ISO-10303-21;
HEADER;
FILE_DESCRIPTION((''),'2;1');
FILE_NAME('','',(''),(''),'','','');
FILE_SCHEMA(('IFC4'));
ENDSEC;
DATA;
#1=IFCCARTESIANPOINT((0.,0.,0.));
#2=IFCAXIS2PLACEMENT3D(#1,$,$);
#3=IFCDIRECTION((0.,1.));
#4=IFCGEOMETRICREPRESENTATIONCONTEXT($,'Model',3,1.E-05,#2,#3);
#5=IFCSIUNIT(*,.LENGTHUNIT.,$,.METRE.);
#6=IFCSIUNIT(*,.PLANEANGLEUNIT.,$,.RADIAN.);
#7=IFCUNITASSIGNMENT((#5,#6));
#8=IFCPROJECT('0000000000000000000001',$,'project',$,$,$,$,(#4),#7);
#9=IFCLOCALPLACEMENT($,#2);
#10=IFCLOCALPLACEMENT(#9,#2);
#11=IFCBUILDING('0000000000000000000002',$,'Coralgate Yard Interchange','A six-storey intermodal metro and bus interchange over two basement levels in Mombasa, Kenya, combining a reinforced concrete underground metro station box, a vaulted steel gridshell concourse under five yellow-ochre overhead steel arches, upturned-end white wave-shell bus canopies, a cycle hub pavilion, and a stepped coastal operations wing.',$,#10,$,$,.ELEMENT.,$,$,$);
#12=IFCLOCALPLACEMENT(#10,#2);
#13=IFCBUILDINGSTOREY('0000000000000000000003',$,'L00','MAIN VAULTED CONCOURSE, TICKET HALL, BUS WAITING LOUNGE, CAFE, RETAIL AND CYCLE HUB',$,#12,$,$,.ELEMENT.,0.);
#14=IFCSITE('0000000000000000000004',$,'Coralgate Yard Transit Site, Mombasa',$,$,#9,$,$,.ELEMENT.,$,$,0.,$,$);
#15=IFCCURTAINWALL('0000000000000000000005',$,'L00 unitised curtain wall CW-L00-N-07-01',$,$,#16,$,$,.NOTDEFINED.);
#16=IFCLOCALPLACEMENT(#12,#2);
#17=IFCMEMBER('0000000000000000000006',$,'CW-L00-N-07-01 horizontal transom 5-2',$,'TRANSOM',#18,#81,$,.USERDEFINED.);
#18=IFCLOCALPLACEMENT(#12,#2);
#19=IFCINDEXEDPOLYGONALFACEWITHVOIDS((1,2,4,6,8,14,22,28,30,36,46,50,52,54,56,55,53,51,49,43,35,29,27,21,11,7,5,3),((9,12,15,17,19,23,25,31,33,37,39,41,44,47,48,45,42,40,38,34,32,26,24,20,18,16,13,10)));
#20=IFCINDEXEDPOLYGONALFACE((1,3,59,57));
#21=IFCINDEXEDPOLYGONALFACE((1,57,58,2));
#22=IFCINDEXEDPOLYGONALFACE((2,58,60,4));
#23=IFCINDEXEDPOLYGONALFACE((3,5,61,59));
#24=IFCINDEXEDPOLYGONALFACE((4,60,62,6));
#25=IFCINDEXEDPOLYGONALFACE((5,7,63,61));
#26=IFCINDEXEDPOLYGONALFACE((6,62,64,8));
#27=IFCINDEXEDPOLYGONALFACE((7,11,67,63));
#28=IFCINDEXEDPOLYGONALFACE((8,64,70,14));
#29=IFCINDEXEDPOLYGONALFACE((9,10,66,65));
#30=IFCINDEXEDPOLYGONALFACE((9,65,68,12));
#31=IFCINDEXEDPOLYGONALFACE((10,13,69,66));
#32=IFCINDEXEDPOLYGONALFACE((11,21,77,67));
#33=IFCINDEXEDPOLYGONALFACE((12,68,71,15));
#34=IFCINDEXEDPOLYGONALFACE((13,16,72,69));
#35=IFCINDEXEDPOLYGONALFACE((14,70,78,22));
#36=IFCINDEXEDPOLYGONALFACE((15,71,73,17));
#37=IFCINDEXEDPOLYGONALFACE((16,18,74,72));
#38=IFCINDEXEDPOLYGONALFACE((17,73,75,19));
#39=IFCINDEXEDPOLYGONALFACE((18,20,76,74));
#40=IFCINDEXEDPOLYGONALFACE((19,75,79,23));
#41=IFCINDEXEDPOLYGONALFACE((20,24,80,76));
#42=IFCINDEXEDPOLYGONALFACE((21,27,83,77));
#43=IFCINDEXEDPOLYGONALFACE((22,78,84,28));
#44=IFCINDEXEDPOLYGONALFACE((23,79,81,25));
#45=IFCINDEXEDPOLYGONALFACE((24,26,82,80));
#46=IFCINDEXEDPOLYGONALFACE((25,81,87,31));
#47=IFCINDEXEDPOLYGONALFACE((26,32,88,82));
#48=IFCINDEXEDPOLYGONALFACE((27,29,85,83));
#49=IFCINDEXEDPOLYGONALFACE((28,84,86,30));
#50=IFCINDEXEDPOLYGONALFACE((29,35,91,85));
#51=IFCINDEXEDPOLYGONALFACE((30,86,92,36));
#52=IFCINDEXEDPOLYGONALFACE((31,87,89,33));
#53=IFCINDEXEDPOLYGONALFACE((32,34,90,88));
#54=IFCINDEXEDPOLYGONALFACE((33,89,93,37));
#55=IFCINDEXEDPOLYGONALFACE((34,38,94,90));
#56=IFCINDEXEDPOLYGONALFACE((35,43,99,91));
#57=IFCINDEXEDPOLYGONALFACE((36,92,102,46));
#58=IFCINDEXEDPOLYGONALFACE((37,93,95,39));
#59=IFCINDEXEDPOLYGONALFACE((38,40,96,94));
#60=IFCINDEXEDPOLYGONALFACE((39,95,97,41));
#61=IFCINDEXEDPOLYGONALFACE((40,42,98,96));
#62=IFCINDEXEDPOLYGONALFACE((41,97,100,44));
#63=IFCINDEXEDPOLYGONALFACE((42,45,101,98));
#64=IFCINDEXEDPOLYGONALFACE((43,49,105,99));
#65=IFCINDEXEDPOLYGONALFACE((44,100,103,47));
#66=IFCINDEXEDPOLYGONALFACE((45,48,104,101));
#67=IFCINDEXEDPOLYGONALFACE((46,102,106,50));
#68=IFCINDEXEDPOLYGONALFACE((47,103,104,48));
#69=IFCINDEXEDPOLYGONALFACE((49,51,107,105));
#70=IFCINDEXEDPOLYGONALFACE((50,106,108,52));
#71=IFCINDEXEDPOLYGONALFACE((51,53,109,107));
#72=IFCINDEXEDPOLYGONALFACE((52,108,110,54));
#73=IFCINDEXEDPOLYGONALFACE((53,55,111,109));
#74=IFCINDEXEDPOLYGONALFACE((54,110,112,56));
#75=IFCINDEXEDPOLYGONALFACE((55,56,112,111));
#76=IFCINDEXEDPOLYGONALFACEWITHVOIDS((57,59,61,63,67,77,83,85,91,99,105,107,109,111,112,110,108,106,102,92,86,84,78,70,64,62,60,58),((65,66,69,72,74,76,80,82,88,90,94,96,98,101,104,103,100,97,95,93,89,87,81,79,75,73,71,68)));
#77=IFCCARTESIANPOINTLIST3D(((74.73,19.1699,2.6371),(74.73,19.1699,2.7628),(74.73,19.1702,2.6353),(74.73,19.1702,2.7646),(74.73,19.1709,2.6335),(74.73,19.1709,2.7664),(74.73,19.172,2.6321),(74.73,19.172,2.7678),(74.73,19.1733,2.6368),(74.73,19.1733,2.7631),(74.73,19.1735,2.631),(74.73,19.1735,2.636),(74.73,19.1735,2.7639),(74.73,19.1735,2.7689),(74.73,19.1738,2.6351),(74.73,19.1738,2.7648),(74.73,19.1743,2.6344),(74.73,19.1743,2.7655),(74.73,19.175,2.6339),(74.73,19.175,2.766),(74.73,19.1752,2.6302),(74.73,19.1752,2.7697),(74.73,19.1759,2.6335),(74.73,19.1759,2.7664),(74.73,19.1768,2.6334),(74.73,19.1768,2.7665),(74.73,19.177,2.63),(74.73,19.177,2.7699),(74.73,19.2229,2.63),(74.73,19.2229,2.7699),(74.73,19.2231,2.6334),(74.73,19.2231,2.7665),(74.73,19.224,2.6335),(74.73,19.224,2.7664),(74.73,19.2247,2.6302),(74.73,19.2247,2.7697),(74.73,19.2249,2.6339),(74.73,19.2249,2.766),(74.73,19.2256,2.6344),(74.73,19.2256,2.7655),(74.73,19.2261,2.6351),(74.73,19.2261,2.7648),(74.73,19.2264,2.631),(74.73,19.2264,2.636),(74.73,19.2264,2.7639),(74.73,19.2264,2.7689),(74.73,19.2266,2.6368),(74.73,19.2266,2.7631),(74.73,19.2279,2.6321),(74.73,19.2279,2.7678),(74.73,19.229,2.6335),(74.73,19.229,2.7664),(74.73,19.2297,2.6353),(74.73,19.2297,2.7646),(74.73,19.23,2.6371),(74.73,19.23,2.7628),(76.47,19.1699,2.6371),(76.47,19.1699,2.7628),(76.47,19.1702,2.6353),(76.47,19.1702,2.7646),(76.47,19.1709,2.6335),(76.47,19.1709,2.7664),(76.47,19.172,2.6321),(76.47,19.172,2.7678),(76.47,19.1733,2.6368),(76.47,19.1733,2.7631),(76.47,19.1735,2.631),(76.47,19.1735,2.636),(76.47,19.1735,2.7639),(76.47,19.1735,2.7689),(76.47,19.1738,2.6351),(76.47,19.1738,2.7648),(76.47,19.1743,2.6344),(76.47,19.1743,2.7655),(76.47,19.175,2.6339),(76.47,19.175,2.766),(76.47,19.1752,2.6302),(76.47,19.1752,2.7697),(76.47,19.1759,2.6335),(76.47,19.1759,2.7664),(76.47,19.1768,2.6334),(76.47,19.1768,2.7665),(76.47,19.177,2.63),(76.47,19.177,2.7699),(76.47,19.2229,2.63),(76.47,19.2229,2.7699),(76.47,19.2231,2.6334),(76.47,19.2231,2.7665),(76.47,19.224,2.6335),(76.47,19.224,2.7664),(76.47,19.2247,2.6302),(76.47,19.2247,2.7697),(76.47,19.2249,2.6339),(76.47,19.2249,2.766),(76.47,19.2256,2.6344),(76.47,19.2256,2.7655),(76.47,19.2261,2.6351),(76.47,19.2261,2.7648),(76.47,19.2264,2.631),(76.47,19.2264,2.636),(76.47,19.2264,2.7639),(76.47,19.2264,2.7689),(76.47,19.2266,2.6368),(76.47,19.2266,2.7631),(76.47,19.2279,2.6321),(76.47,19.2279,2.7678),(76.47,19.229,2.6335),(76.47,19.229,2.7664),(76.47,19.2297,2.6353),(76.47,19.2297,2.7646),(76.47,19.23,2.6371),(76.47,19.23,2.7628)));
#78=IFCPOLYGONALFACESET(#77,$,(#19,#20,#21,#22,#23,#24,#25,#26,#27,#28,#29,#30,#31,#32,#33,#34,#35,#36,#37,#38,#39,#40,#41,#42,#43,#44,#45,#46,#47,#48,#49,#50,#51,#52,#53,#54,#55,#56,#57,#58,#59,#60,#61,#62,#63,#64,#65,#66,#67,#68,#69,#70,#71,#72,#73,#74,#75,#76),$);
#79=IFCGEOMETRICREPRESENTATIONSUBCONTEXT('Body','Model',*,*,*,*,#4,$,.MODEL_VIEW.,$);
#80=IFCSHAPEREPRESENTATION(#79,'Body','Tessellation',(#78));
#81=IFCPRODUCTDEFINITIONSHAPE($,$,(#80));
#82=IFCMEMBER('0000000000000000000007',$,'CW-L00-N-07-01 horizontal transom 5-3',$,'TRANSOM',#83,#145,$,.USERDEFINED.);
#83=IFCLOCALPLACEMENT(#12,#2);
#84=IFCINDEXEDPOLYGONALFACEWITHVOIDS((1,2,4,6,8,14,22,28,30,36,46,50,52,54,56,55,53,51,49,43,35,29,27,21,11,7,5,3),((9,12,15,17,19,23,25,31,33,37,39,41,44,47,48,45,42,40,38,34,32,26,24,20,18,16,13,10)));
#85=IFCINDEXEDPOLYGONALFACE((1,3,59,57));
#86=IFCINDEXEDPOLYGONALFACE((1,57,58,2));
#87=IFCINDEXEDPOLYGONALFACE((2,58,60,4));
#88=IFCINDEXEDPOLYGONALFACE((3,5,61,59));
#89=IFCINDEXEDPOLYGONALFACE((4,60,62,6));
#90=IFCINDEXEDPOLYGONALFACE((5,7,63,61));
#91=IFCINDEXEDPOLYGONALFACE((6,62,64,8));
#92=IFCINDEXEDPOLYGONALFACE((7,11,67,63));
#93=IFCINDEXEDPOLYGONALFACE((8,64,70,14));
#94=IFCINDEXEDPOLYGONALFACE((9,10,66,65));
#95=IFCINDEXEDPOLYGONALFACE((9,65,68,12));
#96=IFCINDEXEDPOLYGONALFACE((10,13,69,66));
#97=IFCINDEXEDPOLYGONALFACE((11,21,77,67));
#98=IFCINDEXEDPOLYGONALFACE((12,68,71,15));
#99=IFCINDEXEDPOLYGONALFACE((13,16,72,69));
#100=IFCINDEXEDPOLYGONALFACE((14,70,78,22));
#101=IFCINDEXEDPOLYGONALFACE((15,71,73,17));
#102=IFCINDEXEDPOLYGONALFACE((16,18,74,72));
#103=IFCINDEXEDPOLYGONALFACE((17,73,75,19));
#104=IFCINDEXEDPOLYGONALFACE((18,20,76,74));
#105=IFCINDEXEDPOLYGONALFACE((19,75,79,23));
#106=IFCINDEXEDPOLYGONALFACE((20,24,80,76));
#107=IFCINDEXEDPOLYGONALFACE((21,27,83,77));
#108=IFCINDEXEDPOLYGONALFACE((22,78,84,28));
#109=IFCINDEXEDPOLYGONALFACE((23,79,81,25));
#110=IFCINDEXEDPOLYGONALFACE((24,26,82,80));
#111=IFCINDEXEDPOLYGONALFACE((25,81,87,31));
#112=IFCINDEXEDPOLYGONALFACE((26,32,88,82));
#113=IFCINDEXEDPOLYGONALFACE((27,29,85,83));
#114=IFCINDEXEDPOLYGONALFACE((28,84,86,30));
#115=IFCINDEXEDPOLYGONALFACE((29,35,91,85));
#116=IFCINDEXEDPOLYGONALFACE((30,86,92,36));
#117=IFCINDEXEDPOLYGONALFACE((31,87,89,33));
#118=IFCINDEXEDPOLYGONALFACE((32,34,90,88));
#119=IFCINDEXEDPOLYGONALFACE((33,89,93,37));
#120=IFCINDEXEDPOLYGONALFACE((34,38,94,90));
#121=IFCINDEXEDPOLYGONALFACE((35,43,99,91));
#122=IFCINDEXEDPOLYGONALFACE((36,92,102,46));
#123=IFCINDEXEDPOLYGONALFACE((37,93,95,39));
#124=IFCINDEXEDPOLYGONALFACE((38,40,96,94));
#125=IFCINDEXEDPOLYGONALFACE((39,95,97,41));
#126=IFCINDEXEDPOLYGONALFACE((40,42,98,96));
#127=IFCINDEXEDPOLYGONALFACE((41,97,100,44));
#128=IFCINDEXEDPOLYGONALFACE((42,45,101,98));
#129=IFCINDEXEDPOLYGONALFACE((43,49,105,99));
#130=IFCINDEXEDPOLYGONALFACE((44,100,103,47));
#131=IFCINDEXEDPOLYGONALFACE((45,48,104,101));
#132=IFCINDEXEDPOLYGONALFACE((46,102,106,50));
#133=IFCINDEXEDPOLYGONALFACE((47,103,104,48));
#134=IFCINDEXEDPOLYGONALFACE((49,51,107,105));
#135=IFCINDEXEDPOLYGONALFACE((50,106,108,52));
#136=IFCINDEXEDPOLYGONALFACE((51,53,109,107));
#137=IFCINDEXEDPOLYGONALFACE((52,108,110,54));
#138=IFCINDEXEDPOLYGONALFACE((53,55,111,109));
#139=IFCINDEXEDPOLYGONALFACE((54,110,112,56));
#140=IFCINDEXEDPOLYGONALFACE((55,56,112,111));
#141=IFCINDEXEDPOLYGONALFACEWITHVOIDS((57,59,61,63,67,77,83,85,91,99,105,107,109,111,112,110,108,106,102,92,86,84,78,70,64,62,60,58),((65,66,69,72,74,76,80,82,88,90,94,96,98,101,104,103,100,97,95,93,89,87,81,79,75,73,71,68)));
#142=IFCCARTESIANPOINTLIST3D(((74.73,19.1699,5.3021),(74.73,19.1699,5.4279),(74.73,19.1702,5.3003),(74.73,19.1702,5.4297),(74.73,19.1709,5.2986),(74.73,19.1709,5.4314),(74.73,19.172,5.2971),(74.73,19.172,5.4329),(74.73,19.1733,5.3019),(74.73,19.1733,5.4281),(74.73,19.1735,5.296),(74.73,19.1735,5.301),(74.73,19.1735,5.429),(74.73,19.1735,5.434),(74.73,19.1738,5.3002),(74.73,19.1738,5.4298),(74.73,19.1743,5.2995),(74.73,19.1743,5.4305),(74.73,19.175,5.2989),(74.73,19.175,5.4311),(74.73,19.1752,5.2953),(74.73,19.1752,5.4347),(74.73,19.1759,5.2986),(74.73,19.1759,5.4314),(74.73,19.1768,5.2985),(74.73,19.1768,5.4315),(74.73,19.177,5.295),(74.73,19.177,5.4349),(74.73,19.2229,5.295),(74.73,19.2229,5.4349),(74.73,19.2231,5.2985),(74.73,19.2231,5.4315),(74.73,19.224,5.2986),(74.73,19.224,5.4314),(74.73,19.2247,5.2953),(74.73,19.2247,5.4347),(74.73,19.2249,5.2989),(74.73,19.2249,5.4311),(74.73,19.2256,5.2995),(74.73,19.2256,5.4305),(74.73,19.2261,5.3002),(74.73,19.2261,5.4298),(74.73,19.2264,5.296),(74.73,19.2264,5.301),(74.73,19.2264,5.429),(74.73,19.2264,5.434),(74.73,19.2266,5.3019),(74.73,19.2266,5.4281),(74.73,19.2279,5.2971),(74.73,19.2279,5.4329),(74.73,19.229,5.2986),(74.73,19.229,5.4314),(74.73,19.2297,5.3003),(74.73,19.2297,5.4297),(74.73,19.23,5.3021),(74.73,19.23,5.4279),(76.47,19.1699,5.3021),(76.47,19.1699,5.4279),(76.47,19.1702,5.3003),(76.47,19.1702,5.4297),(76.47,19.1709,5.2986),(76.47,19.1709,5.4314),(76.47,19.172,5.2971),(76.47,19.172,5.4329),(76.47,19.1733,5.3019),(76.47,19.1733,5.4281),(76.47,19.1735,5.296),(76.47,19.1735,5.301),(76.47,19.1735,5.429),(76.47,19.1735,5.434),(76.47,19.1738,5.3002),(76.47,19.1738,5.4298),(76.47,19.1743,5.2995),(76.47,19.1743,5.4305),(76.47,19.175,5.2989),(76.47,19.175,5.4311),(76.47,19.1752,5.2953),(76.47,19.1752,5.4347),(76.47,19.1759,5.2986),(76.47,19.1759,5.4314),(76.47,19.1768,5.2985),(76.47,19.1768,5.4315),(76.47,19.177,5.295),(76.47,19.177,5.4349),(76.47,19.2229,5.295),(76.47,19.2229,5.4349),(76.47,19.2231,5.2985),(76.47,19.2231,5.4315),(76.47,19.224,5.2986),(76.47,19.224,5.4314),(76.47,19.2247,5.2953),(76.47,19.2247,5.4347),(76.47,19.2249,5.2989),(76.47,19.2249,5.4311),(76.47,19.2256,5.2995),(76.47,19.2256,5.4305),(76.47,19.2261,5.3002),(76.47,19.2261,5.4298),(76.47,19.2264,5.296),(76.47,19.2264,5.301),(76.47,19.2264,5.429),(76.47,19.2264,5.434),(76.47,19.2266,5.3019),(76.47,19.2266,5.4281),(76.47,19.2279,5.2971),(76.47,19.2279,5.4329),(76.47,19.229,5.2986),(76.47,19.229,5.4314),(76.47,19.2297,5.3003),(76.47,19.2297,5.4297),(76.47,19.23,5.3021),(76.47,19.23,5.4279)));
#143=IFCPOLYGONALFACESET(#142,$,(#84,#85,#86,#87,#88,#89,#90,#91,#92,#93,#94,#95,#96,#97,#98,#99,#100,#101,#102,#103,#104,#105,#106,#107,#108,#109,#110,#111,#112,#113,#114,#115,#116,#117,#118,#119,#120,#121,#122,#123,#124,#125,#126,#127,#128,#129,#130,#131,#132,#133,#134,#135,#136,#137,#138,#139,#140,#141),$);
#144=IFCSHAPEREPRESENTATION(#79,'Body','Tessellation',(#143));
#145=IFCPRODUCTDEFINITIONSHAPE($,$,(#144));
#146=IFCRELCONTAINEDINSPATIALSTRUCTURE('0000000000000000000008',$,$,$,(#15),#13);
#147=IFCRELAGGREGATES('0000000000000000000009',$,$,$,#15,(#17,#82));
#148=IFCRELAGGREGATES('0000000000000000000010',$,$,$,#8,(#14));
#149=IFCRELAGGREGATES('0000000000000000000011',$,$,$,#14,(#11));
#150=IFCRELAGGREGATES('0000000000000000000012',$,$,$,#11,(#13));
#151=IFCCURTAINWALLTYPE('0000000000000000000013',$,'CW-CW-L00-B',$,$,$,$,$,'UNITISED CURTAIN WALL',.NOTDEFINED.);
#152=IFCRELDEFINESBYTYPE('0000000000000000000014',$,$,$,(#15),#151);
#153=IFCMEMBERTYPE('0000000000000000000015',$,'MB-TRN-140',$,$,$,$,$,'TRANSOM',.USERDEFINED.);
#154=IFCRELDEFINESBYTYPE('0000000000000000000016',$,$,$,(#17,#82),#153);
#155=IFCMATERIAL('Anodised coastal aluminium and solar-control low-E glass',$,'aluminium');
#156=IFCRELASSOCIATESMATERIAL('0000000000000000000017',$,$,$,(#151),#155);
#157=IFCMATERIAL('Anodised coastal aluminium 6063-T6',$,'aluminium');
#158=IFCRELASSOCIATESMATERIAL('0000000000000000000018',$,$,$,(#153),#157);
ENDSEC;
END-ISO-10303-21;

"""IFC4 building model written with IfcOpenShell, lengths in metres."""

from ifc_helpers import new_model, si_unit, direction, frame, origin, origin_2d, place, context, subcontext, project, spatial, hollow_rectangle, extrude, material, material_profile, profile_set, type_object, element, aggregate, save


model = new_model("IFC4")

# Units and contexts
model_context = context("Model", 3, precision=1e-05, world=origin(), true_north=direction((0.0, 1.0)))
body_context = subcontext(model_context, "Body", "Model", "MODEL_VIEW")
ifc_project = project(units=[si_unit("LENGTHUNIT", "METRE"), si_unit("PLANEANGLEUNIT", "RADIAN")], contexts=[model_context])

# Site, building, storey
site_placement = place(None, origin())
site = spatial("IfcSite", under=ifc_project, at=site_placement, Name="Coralgate Yard Transit Site, Mombasa", CompositionType="ELEMENT", RefElevation=0.0)
building_placement = place(site_placement, origin())
building = spatial("IfcBuilding", under=site, at=building_placement, Name="Coralgate Yard Interchange", Description="A six-storey intermodal metro and bus interchange over two basement levels in Mombasa, Kenya, combining a reinforced concrete underground metro station box, a vaulted steel gridshell concourse under five yellow-ochre overhead steel arches, upturned-end white wave-shell bus canopies, a cycle hub pavilion, and a stepped coastal operations wing.", CompositionType="ELEMENT")
storey_placement = place(building_placement, origin())
storey = spatial("IfcBuildingStorey", under=building, at=storey_placement, Name="L00", Description="MAIN VAULTED CONCOURSE, TICKET HALL, BUS WAITING LOUNGE, CAFE, RETAIL AND CYCLE HUB", CompositionType="ELEMENT", Elevation=0.0)

# Curtain wall
ifc_material_1 = material(Name="Anodised coastal aluminium and solar-control low-E glass", Category="aluminium")
curtain_wall_type = type_object("IfcCurtainWallType", Name="CW-CW-L00-B", ElementType="UNITISED CURTAIN WALL", PredefinedType="NOTDEFINED", material=ifc_material_1)
curtain_wall_1_placement = place(storey_placement, origin())
curtain_wall_1 = element("IfcCurtainWall", 1, at=curtain_wall_1_placement, inside=storey, type_object=curtain_wall_type, Name="L00 unitised curtain wall CW-L00-N-07-01", PredefinedType="NOTDEFINED")
ifc_material_2 = material(Name="Anodised coastal aluminium 6063-T6", Category="aluminium")

# Members
ifc_material_profile_1 = material_profile(ifc_material_2, hollow_rectangle(XDim=0.0601, YDim=0.1399, WallThickness=0.0034, InnerFilletRadius=0.0034, OuterFilletRadius=0.0071, at=origin_2d()), Name="ALU 60x140x3.5")
ifc_profile_set_1 = profile_set([ifc_material_profile_1], Name="Anodised coastal aluminium 6063-T6")
member_type_1 = type_object("IfcMemberType", Name="MB-TRN-140", ElementType="TRANSOM", PredefinedType="USERDEFINED", material=ifc_profile_set_1)
member_1_placement = place(storey_placement, frame((74.73, 19.2, 2.7), z_axis=(1.0, 0.0, 0.0), x_axis=(0.0, 1.0, 0.0)))
member_1 = element("IfcMember", 2, at=member_1_placement, type_object=member_type_1, Name="CW-L00-N-07-01 horizontal transom 5-2", ObjectType="TRANSOM", PredefinedType="USERDEFINED", context=body_context, shape_type="SweptSolid", body=[
    extrude(hollow_rectangle(XDim=0.0601, YDim=0.1399, WallThickness=0.0034, InnerFilletRadius=0.0034, OuterFilletRadius=0.0071, at=origin_2d()), origin(), (0.0, 0.0, 1.0), 1.74),
])
member_2_placement = place(storey_placement, frame((74.73, 19.2, 5.365), z_axis=(1.0, 0.0, 0.0), x_axis=(0.0, 1.0, 0.0)))
member_2 = element("IfcMember", 3, at=member_2_placement, type_object=member_type_1, Name="CW-L00-N-07-01 horizontal transom 5-3", ObjectType="TRANSOM", PredefinedType="USERDEFINED", context=body_context, shape_type="SweptSolid", body=[
    extrude(hollow_rectangle(XDim=0.0601, YDim=0.1399, WallThickness=0.0034, InnerFilletRadius=0.0034, OuterFilletRadius=0.0071, at=origin_2d()), origin(), (0.0, 0.0, 1.0), 1.74),
])

aggregate(curtain_wall_1, [member_1, member_2])

save(model, "model.ifc")
